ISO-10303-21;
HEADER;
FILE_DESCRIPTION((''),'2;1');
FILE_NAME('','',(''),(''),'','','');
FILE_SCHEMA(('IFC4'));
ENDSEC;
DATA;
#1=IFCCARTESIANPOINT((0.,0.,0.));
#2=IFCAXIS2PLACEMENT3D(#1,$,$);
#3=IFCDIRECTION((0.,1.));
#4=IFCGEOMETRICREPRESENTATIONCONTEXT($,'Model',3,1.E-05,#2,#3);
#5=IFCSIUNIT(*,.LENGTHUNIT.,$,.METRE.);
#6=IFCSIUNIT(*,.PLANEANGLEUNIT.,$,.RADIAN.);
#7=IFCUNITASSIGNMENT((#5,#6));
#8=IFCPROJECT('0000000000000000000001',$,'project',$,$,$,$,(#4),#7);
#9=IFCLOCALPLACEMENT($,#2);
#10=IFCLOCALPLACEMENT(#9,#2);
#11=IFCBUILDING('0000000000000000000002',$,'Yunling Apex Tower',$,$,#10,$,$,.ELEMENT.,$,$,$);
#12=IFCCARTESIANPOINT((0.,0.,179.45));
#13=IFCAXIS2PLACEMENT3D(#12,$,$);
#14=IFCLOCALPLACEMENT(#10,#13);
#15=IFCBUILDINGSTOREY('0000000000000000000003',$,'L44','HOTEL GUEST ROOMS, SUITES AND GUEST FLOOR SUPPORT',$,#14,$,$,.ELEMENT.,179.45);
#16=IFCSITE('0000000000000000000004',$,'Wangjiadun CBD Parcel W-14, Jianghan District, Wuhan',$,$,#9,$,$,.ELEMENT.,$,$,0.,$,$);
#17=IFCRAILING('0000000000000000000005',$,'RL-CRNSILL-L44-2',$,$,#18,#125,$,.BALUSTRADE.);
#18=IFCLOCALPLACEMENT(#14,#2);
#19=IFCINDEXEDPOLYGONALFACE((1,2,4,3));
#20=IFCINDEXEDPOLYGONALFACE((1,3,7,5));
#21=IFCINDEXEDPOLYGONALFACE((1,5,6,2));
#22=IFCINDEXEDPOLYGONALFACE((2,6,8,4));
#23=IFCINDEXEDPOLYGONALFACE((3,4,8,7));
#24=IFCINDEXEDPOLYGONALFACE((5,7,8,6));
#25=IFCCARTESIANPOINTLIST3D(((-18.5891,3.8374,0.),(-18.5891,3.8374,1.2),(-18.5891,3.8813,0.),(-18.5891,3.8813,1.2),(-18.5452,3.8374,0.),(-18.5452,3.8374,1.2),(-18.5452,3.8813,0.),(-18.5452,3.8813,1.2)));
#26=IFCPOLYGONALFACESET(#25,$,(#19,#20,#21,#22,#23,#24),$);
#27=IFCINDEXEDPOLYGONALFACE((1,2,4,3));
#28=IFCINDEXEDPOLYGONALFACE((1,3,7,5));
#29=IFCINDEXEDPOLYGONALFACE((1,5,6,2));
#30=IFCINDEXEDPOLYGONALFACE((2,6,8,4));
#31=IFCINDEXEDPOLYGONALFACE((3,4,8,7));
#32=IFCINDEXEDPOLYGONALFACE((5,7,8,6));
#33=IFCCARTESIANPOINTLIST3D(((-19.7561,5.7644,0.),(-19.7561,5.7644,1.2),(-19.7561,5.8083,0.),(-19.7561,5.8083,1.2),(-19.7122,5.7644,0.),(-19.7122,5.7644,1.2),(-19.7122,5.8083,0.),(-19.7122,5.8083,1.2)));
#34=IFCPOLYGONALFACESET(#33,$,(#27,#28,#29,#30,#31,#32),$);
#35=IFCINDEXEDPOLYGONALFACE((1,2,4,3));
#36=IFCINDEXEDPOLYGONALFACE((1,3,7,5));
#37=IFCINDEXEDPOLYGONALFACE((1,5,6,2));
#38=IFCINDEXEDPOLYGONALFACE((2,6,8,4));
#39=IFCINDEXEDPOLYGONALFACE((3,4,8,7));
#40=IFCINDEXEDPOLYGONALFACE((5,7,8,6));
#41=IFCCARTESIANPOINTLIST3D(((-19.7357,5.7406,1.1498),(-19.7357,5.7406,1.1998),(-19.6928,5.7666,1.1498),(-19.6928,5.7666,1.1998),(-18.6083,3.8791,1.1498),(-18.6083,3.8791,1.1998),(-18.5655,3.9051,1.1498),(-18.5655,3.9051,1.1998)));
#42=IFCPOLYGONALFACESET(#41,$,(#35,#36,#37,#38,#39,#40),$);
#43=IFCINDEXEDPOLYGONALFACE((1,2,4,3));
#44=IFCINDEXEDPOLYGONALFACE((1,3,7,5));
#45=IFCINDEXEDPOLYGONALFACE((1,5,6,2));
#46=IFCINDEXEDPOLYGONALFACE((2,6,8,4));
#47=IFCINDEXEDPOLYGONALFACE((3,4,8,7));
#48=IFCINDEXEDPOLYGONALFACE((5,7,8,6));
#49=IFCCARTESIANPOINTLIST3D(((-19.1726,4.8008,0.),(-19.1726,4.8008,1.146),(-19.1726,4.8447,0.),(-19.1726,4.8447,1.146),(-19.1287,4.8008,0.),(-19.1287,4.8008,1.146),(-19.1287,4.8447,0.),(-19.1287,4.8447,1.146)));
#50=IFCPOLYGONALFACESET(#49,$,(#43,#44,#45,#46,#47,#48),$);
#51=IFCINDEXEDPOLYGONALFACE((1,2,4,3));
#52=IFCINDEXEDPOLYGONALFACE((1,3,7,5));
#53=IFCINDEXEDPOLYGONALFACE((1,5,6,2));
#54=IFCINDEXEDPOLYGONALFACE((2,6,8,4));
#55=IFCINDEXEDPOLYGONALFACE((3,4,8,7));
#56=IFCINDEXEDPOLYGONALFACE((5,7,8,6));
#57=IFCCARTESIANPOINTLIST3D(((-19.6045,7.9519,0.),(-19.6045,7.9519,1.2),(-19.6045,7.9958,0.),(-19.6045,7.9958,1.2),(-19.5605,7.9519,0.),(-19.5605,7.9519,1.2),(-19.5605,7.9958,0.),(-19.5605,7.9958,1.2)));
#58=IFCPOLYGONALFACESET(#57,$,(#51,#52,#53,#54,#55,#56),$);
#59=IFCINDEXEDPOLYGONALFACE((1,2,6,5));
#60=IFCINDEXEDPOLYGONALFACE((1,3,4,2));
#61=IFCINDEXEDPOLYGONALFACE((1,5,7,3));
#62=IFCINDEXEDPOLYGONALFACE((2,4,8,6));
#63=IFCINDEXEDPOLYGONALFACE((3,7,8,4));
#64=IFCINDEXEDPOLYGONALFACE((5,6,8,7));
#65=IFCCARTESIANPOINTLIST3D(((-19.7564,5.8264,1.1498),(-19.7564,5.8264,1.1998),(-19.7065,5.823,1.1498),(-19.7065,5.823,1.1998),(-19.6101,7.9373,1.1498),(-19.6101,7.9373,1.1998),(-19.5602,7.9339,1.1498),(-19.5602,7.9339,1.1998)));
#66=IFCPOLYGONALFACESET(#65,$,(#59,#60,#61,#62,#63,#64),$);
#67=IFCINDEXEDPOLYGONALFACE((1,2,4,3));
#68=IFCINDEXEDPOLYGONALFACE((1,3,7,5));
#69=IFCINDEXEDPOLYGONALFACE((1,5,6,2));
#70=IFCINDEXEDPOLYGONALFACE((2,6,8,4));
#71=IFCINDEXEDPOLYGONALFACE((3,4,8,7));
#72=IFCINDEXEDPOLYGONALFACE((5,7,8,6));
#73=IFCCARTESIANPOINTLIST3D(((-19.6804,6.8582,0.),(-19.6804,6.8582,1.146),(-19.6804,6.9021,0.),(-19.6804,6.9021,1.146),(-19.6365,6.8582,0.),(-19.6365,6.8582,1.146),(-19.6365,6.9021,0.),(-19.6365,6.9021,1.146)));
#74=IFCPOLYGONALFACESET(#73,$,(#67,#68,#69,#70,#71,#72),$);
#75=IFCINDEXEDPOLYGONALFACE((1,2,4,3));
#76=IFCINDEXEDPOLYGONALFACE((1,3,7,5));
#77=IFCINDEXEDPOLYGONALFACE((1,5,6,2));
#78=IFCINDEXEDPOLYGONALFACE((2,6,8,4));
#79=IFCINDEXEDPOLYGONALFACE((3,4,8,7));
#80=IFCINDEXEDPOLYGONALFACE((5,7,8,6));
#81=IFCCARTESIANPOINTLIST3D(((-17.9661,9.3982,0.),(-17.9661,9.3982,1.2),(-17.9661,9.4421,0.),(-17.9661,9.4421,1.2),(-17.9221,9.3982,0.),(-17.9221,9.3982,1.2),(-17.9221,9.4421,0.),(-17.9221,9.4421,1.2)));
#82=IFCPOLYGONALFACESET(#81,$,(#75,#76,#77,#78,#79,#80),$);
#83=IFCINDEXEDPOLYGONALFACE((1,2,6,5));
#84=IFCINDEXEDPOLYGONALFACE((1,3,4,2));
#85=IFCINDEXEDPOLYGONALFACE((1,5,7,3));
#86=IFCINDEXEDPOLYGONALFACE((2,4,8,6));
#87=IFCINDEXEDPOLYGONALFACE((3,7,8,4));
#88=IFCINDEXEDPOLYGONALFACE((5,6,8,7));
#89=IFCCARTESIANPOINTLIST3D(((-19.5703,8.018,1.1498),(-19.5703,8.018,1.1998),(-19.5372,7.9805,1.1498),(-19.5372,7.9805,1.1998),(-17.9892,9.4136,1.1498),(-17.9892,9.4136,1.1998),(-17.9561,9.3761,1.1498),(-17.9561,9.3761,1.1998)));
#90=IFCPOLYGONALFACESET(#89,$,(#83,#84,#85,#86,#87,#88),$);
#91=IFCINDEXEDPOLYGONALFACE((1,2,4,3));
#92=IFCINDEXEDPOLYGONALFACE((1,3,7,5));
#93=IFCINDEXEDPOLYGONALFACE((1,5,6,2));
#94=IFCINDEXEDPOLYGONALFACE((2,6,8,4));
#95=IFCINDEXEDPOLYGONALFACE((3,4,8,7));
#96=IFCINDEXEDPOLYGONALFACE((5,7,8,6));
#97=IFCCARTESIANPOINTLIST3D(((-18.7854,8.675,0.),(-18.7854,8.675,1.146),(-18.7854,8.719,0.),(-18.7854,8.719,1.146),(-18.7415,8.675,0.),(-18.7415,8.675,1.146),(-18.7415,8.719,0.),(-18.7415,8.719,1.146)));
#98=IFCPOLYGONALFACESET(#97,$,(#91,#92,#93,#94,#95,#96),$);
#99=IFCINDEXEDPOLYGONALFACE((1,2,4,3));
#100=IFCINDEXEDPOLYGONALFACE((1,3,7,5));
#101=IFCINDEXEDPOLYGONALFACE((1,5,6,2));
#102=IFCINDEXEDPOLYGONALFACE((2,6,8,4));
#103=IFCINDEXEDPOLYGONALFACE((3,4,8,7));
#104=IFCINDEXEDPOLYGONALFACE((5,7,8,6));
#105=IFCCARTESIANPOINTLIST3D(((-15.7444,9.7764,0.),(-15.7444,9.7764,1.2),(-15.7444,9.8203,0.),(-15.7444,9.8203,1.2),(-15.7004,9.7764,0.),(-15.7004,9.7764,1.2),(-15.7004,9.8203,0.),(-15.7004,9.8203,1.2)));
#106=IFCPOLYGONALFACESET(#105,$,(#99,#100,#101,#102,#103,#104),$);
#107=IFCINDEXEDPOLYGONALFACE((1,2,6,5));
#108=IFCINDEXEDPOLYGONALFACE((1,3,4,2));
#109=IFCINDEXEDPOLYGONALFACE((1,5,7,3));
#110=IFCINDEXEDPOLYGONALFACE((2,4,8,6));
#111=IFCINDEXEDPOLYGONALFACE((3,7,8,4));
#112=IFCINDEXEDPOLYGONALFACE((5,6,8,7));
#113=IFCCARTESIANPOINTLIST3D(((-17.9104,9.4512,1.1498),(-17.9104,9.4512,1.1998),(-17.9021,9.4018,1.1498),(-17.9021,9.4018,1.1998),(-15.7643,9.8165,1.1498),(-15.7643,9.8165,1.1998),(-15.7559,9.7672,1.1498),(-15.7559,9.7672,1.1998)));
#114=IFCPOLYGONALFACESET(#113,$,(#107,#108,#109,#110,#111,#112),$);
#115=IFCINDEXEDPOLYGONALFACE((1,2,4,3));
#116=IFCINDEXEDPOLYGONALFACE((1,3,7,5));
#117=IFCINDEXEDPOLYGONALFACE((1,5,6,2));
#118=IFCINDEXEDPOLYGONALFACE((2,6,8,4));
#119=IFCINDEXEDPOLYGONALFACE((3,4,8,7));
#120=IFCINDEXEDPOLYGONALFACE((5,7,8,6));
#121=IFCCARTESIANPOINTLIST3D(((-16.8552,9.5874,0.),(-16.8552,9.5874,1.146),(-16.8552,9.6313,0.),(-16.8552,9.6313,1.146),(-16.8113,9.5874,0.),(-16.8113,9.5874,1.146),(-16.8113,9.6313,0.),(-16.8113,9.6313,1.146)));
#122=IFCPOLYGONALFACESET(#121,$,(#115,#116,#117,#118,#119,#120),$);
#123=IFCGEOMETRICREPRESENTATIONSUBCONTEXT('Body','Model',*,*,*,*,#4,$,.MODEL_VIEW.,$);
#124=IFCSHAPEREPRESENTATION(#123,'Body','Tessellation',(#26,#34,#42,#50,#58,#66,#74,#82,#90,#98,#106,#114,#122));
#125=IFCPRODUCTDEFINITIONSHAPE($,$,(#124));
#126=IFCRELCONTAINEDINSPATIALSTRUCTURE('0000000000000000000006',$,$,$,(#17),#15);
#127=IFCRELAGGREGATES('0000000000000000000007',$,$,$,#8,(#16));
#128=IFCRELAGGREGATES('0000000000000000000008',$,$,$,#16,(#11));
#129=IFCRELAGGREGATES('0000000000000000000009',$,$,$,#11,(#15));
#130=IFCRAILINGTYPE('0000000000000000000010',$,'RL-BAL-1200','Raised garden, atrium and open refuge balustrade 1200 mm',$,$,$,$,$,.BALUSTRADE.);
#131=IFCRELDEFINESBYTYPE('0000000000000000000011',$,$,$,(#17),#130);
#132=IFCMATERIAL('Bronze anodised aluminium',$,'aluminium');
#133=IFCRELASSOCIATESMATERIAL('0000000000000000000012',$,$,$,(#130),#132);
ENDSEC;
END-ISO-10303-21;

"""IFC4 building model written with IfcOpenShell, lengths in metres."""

from ifc_helpers import new_model, si_unit, direction, frame, origin, origin_2d, place, context, subcontext, project, spatial, rectangle, extrude, material, type_object, element, save


model = new_model("IFC4")

# Units and contexts
model_context = context("Model", 3, precision=1e-05, world=origin(), true_north=direction((0.0, 1.0)))
body_context = subcontext(model_context, "Body", "Model", "MODEL_VIEW")
ifc_project = project(units=[si_unit("LENGTHUNIT", "METRE"), si_unit("PLANEANGLEUNIT", "RADIAN")], contexts=[model_context])

# Site, building, storey
site_placement = place(None, origin())
site = spatial("IfcSite", under=ifc_project, at=site_placement, Name="Wangjiadun CBD Parcel W-14, Jianghan District, Wuhan", CompositionType="ELEMENT", RefElevation=0.0)
building_placement = place(site_placement, origin())
building = spatial("IfcBuilding", under=site, at=building_placement, Name="Yunling Apex Tower", CompositionType="ELEMENT")
storey_placement = place(building_placement, frame((0.0, 0.0, 179.45)))
storey = spatial("IfcBuildingStorey", under=building, at=storey_placement, Name="L44", Description="HOTEL GUEST ROOMS, SUITES AND GUEST FLOOR SUPPORT", CompositionType="ELEMENT", Elevation=179.45)

# Shared definitions
ifc_material_1 = material(Name="Bronze anodised aluminium", Category="aluminium")

# Railing
railing_type = type_object("IfcRailingType", Name="RL-BAL-1200", Description="Raised garden, atrium and open refuge balustrade 1200 mm", PredefinedType="BALUSTRADE", material=ifc_material_1)
railing_placement = place(storey_placement, frame((-18.5671, 3.8594, 0.0)))
element("IfcRailing", 1, at=railing_placement, inside=storey, type_object=railing_type, Name="RL-CRNSILL-L44-2", PredefinedType="BALUSTRADE", context=body_context, shape_type="SweptSolid", body=[
    extrude(rectangle(XDim=0.0439, YDim=0.0439, at=origin_2d()), origin(), (0.0, 0.0, 1.0), 1.2),
    extrude(rectangle(XDim=0.0439, YDim=0.0439, at=origin_2d()), frame((-1.167, 1.927, 0.0)), (0.0, 0.0, 1.0), 1.2),
    extrude(rectangle(XDim=0.05, YDim=0.05, at=origin_2d()), frame((-0.0198, 0.0327, 1.1748), z_axis=(-0.518013, 0.855372, 0.0), x_axis=(-0.855372, -0.518013, 0.0)), (0.0, 0.0, 1.0), 2.1763),
    extrude(rectangle(XDim=0.0439, YDim=0.0439, at=origin_2d()), frame((-0.5835, 0.9634, 0.0)), (0.0, 0.0, 1.0), 1.146),
    extrude(rectangle(XDim=0.0439, YDim=0.0439, at=origin_2d()), frame((-1.0154, 4.1145, 0.0)), (0.0, 0.0, 1.0), 1.2),
    extrude(rectangle(XDim=0.05, YDim=0.05, at=origin_2d()), frame((-1.1643, 1.9653, 1.1748), z_axis=(0.069142, 0.997607, 0.0), x_axis=(-0.997607, 0.069142, 0.0)), (0.0, 0.0, 1.0), 2.116),
    extrude(rectangle(XDim=0.0439, YDim=0.0439, at=origin_2d()), frame((-1.0913, 3.0208, 0.0)), (0.0, 0.0, 1.0), 1.146),
    extrude(rectangle(XDim=0.0439, YDim=0.0439, at=origin_2d()), frame((0.623, 5.5608, 0.0)), (0.0, 0.0, 1.0), 1.2),
    extrude(rectangle(XDim=0.05, YDim=0.05, at=origin_2d()), frame((-0.9866, 4.1399, 1.1748), z_axis=(0.749698, 0.66178, 0.0), x_axis=(-0.66178, 0.749698, 0.0)), (0.0, 0.0, 1.0), 2.1089),
    extrude(rectangle(XDim=0.0439, YDim=0.0439, at=origin_2d()), frame((-0.1963, 4.8376, 0.0)), (0.0, 0.0, 1.0), 1.146),
    extrude(rectangle(XDim=0.0439, YDim=0.0439, at=origin_2d()), frame((2.8447, 5.939, 0.0)), (0.0, 0.0, 1.0), 1.2),
    extrude(rectangle(XDim=0.05, YDim=0.05, at=origin_2d()), frame((0.6609, 5.5671, 1.1748), z_axis=(0.98582, 0.167806, 0.0), x_axis=(-0.167806, 0.98582, 0.0)), (0.0, 0.0, 1.0), 2.177),
    extrude(rectangle(XDim=0.0439, YDim=0.0439, at=origin_2d()), frame((1.7339, 5.75, 0.0)), (0.0, 0.0, 1.0), 1.146),
])

save(model, "model.ifc")
